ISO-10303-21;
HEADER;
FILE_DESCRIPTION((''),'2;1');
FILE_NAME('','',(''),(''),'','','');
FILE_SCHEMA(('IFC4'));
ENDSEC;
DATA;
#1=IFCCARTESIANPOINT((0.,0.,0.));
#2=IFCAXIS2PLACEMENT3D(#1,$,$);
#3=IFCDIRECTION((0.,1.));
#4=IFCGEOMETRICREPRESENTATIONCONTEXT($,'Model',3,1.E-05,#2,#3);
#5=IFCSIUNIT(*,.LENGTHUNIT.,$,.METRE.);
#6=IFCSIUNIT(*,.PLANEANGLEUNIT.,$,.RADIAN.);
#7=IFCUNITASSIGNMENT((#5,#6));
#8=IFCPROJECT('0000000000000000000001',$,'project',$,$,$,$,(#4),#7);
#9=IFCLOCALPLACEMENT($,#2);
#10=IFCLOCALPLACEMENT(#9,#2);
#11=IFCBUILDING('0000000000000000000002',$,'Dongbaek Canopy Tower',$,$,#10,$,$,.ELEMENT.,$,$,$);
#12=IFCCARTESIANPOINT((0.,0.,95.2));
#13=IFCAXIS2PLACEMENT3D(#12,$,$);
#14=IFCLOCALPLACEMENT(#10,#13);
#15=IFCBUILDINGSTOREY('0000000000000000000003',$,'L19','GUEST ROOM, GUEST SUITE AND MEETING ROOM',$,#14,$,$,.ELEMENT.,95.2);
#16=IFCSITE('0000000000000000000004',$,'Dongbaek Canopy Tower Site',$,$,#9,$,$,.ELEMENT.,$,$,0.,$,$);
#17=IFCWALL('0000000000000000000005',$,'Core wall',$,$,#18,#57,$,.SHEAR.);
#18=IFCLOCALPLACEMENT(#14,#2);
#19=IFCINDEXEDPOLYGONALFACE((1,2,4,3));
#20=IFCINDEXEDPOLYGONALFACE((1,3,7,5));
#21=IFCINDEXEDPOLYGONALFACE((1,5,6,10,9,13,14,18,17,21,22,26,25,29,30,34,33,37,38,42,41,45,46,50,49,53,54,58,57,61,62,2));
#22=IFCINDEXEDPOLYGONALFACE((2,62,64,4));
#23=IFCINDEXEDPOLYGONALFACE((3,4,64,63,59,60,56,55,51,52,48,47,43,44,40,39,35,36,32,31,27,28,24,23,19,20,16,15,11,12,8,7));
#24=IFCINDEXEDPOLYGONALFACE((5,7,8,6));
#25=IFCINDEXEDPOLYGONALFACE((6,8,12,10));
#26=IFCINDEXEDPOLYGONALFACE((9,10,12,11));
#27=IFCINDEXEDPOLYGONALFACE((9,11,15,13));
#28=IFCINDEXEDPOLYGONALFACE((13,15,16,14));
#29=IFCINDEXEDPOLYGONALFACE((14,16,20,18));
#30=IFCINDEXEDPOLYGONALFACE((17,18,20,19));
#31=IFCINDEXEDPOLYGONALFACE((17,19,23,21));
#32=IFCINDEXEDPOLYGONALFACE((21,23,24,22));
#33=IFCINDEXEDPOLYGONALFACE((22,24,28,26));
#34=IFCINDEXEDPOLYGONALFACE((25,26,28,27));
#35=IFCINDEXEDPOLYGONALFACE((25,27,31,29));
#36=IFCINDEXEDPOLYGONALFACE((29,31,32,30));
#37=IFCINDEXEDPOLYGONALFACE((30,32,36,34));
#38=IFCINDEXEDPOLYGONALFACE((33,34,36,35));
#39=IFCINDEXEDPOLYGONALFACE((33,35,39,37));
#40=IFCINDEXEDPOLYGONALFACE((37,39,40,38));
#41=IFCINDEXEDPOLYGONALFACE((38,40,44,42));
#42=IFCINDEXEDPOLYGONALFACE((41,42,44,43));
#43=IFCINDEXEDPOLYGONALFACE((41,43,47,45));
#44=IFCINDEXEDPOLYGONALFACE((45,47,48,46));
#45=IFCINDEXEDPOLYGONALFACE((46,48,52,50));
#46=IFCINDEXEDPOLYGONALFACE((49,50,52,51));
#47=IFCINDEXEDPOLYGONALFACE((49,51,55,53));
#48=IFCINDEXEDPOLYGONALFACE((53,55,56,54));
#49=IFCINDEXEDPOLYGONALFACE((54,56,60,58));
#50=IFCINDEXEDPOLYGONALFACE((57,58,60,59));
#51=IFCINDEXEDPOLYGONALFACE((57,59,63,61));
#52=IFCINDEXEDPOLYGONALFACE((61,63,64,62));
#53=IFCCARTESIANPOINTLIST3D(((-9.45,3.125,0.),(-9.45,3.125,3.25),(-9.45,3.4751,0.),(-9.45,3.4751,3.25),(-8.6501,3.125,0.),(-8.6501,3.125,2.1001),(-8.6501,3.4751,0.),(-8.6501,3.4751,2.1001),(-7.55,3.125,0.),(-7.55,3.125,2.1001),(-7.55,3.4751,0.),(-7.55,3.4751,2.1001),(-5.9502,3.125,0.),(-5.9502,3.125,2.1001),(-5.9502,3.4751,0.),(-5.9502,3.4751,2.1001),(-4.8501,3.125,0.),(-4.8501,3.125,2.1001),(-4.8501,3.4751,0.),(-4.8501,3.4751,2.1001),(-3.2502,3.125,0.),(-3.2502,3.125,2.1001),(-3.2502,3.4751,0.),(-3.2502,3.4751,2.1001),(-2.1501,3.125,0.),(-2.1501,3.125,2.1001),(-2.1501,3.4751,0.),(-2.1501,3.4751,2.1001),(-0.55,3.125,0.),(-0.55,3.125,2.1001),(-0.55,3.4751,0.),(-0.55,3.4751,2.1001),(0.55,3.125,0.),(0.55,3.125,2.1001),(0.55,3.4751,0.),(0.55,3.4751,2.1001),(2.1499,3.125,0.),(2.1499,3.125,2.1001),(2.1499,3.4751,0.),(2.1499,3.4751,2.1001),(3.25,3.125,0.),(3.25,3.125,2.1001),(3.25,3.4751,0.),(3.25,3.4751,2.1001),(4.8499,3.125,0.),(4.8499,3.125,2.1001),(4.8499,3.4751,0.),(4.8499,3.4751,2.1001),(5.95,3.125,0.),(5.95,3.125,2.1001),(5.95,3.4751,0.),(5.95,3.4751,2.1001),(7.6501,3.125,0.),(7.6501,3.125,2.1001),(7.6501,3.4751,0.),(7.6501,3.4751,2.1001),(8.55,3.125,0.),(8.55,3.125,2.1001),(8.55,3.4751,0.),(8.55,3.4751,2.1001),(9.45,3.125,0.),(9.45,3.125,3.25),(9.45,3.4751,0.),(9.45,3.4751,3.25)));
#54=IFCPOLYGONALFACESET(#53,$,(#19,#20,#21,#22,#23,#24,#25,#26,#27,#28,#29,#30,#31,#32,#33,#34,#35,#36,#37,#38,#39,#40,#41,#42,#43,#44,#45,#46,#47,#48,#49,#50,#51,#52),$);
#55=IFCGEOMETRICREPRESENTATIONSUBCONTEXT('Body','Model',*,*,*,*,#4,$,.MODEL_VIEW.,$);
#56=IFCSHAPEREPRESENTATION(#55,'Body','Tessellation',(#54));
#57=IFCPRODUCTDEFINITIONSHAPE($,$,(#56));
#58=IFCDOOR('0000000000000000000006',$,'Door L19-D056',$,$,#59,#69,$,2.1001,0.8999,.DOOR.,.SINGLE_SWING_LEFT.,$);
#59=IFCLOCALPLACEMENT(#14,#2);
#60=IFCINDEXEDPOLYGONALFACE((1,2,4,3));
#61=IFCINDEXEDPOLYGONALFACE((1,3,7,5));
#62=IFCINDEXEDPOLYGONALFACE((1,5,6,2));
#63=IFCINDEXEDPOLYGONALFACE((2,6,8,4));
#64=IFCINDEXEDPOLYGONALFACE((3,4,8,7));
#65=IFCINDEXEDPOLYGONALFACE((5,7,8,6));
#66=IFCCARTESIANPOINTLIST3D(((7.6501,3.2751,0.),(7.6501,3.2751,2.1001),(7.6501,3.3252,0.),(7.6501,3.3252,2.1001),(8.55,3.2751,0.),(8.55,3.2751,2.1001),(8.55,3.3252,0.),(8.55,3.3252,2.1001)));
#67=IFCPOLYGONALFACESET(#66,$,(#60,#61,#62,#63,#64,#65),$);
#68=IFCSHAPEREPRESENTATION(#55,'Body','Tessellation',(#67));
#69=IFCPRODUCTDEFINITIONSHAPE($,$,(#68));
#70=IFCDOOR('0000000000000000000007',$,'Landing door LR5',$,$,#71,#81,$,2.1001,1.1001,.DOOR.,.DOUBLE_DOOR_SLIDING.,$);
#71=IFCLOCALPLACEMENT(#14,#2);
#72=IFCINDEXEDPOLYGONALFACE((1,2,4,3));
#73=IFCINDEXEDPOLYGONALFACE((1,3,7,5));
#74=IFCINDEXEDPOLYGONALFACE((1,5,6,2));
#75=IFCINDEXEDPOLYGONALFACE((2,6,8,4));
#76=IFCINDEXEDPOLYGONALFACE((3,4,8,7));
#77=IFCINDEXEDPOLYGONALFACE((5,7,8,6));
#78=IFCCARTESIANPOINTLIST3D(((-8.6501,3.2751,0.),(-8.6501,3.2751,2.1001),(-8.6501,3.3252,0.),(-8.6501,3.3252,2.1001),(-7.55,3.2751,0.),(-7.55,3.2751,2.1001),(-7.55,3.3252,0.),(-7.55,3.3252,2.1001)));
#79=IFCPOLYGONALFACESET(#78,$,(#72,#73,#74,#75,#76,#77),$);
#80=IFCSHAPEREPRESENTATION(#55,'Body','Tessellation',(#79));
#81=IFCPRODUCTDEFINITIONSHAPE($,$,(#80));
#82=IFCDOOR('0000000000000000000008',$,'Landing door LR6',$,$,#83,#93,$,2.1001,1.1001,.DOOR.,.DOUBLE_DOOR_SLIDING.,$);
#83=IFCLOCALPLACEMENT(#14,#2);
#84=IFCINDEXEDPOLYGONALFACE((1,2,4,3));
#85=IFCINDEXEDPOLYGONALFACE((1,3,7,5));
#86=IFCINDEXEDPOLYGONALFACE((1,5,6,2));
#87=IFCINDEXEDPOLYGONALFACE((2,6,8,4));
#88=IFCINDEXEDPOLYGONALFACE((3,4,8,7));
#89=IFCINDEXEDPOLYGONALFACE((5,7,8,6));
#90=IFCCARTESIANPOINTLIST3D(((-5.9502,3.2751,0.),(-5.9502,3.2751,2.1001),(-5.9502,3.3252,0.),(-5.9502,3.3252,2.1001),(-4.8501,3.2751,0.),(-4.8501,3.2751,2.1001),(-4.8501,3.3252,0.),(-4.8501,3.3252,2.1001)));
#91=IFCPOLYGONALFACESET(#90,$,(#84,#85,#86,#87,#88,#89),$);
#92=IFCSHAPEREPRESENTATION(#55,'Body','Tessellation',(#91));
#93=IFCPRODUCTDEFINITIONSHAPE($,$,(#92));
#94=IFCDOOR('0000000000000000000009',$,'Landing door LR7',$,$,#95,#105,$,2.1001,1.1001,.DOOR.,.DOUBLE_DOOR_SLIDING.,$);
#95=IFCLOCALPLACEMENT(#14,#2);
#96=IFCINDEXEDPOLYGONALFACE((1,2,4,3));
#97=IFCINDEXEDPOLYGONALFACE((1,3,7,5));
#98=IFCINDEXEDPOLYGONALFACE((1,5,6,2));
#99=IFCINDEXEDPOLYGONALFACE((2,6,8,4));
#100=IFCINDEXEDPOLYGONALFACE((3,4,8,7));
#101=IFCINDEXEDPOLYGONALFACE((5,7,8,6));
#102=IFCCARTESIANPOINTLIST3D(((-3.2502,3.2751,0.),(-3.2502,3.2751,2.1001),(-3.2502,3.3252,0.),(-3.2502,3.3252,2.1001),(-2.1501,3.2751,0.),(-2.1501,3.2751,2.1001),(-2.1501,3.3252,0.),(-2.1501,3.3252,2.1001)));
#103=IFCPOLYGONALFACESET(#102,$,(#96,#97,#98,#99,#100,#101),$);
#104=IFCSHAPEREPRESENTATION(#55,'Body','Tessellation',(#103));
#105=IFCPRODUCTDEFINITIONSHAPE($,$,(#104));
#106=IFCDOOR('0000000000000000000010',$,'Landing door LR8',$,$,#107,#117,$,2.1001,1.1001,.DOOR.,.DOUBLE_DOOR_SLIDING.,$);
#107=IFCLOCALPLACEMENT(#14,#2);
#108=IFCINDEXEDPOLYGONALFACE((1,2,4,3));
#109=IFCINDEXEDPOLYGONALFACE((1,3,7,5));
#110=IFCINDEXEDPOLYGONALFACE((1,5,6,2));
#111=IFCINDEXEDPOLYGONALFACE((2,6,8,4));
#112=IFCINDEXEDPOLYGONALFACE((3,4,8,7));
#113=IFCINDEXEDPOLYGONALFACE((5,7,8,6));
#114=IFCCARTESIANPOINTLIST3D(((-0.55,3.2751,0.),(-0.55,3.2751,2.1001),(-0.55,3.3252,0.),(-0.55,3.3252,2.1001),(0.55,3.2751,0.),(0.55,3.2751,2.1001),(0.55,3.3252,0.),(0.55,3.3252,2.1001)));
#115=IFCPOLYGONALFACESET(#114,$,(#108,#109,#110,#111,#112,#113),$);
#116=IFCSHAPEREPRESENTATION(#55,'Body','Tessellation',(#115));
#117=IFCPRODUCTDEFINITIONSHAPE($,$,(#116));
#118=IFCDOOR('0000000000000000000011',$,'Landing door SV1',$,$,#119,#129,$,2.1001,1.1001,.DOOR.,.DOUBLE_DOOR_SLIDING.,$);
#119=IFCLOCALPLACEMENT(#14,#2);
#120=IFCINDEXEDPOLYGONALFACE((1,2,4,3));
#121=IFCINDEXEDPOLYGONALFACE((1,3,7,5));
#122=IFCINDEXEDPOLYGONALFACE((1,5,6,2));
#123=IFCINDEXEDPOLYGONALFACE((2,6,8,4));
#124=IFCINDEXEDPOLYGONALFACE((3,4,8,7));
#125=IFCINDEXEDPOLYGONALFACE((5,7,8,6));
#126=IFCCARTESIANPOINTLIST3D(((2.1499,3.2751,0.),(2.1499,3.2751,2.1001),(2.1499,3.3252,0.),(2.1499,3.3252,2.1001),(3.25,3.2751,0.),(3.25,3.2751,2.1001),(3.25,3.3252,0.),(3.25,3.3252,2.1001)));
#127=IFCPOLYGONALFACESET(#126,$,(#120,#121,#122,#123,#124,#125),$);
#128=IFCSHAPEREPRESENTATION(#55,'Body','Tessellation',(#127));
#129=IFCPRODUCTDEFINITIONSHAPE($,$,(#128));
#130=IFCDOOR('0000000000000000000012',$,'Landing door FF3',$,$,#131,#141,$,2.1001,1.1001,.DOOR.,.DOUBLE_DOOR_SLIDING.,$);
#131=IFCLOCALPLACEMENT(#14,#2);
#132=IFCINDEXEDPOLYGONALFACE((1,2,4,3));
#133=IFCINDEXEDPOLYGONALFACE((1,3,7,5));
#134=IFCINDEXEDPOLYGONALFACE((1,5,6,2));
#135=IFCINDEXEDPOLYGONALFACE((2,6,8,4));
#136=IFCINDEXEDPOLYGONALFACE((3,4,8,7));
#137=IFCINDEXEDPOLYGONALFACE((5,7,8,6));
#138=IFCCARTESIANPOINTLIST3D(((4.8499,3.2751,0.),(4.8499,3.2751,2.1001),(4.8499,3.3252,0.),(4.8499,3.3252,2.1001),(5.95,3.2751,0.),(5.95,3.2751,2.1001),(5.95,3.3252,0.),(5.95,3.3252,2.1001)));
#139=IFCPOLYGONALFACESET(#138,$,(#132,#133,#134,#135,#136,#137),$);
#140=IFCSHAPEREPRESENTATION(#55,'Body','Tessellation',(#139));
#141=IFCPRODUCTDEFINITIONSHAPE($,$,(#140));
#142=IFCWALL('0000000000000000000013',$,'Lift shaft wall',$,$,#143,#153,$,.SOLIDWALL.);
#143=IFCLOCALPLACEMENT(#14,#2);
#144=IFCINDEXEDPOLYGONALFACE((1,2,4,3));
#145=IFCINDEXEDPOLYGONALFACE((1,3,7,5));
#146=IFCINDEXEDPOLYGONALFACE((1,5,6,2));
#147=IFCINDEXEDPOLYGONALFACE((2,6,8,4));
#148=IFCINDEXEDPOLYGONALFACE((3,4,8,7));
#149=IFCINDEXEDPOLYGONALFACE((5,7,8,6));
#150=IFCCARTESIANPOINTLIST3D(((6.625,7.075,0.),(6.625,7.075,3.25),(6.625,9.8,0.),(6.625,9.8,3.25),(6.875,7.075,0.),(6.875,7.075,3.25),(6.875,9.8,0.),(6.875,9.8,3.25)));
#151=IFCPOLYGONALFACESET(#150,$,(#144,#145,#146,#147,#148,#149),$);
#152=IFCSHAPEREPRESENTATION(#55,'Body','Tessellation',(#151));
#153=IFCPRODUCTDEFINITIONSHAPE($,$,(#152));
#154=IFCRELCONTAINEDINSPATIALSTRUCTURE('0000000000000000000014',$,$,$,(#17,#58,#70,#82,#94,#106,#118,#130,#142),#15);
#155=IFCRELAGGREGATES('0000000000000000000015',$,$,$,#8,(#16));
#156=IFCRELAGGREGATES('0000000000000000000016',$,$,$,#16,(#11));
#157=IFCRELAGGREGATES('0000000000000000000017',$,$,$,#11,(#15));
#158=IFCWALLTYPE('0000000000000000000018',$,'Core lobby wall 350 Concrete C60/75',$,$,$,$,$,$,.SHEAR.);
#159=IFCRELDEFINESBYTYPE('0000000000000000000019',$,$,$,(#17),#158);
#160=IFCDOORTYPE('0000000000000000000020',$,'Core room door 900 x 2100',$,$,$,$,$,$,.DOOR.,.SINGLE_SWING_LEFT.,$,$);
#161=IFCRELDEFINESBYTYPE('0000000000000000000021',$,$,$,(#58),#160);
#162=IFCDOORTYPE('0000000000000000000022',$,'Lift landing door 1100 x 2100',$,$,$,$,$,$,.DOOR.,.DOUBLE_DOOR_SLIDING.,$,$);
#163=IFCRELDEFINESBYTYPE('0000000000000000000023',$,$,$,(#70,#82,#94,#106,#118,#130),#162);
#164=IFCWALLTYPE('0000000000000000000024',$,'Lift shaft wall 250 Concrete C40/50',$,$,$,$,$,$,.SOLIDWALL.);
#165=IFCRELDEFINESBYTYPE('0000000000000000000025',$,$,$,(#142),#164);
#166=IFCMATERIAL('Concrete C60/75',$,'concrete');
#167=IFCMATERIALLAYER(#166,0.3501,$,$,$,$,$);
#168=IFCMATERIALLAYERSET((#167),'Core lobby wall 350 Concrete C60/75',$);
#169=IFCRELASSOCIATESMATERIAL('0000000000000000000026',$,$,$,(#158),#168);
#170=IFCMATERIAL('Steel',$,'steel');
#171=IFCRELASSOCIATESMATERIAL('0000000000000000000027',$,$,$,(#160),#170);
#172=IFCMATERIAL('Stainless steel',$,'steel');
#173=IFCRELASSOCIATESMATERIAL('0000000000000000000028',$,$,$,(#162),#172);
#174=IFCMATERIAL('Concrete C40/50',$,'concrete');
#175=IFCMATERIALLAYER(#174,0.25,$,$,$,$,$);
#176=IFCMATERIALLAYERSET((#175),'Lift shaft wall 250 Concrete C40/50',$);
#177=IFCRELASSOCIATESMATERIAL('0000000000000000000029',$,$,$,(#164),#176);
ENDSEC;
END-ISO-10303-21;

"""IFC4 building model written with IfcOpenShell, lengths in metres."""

from ifc_helpers import new_model, si_unit, direction, frame, frame_2d, origin, place, context, subcontext, project, spatial, rectangle, extrude, material, layer, layer_set, type_object, element, fill, save


model = new_model("IFC4")

# Units and contexts
model_context = context("Model", 3, precision=1e-05, world=origin(), true_north=direction((0.0, 1.0)))
body_context = subcontext(model_context, "Body", "Model", "MODEL_VIEW")
ifc_project = project(units=[si_unit("LENGTHUNIT", "METRE"), si_unit("PLANEANGLEUNIT", "RADIAN")], contexts=[model_context])

# Site, building, storey
site_placement = place(None, origin())
site = spatial("IfcSite", under=ifc_project, at=site_placement, Name="Dongbaek Canopy Tower Site", CompositionType="ELEMENT", RefElevation=0.0)
building_placement = place(site_placement, origin())
building = spatial("IfcBuilding", under=site, at=building_placement, Name="Dongbaek Canopy Tower", CompositionType="ELEMENT")
storey_placement = place(building_placement, frame((0.0, 0.0, 95.2)))
storey = spatial("IfcBuildingStorey", under=building, at=storey_placement, Name="L19", Description="GUEST ROOM, GUEST SUITE AND MEETING ROOM", CompositionType="ELEMENT", Elevation=95.2)

# Wall, openings, doors
ifc_material_1 = material(Name="Concrete C60/75", Category="concrete")
ifc_layer_1 = layer(ifc_material_1, 0.3501)
ifc_layer_set_1 = layer_set([ifc_layer_1], Name="Core lobby wall 350 Concrete C60/75")
wall_type_1 = type_object("IfcWallType", Name="Core lobby wall 350 Concrete C60/75", PredefinedType="SHEAR", material=ifc_layer_set_1)
wall_1_placement = place(storey_placement, frame((9.45, 3.3, 0.0), z_axis=(0.0, 0.0, 1.0), x_axis=(-1.0, 0.0, 0.0)))
wall_1 = element("IfcWall", 1, at=wall_1_placement, inside=storey, type_object=wall_type_1, Name="Core wall", PredefinedType="SHEAR", context=body_context, shape_type="SweptSolid", body=[
    extrude(rectangle(XDim=18.8999, YDim=0.3501, at=frame_2d((9.45, 0.0))), origin(), (0.0, 0.0, 1.0), 3.25),
])
opening_1_placement = place(wall_1_placement, frame((17.0, 0.0, 0.0)))
opening_1 = element("IfcOpeningElement", 2, at=opening_1_placement, cuts=wall_1, PredefinedType="OPENING", context=body_context, shape_type="SweptSolid", body=[
    extrude(rectangle(XDim=1.1001, YDim=2.1001, at=frame_2d((0.55, 1.05))), frame((0.0, 0.1851, 0.0), z_axis=(0.0, -1.0, 0.0), x_axis=(1.0, 0.0, 0.0)), (0.0, 0.0, 1.0), 0.3701),
])
opening_2_placement = place(wall_1_placement, frame((14.3, 0.0, 0.0)))
opening_2 = element("IfcOpeningElement", 3, at=opening_2_placement, cuts=wall_1, PredefinedType="OPENING", context=body_context, shape_type="SweptSolid", body=[
    extrude(rectangle(XDim=1.1001, YDim=2.1001, at=frame_2d((0.55, 1.05))), frame((0.0, 0.1851, 0.0), z_axis=(0.0, -1.0, 0.0), x_axis=(1.0, 0.0, 0.0)), (0.0, 0.0, 1.0), 0.3701),
])
opening_3_placement = place(wall_1_placement, frame((11.6001, 0.0, 0.0)))
opening_3 = element("IfcOpeningElement", 4, at=opening_3_placement, cuts=wall_1, PredefinedType="OPENING", context=body_context, shape_type="SweptSolid", body=[
    extrude(rectangle(XDim=1.1001, YDim=2.1001, at=frame_2d((0.55, 1.05))), frame((0.0, 0.1851, 0.0), z_axis=(0.0, -1.0, 0.0), x_axis=(1.0, 0.0, 0.0)), (0.0, 0.0, 1.0), 0.3701),
])
opening_4_placement = place(wall_1_placement, frame((8.8999, 0.0, 0.0)))
opening_4 = element("IfcOpeningElement", 5, at=opening_4_placement, cuts=wall_1, PredefinedType="OPENING", context=body_context, shape_type="SweptSolid", body=[
    extrude(rectangle(XDim=1.1001, YDim=2.1001, at=frame_2d((0.55, 1.05))), frame((0.0, 0.1851, 0.0), z_axis=(0.0, -1.0, 0.0), x_axis=(1.0, 0.0, 0.0)), (0.0, 0.0, 1.0), 0.3701),
])
opening_5_placement = place(wall_1_placement, frame((6.2, 0.0, 0.0)))
opening_5 = element("IfcOpeningElement", 6, at=opening_5_placement, cuts=wall_1, PredefinedType="OPENING", context=body_context, shape_type="SweptSolid", body=[
    extrude(rectangle(XDim=1.1001, YDim=2.1001, at=frame_2d((0.55, 1.05))), frame((0.0, 0.1851, 0.0), z_axis=(0.0, -1.0, 0.0), x_axis=(1.0, 0.0, 0.0)), (0.0, 0.0, 1.0), 0.3701),
])
opening_6_placement = place(wall_1_placement, frame((3.5, 0.0, 0.0)))
opening_6 = element("IfcOpeningElement", 7, at=opening_6_placement, cuts=wall_1, PredefinedType="OPENING", context=body_context, shape_type="SweptSolid", body=[
    extrude(rectangle(XDim=1.1001, YDim=2.1001, at=frame_2d((0.55, 1.05))), frame((0.0, 0.1851, 0.0), z_axis=(0.0, -1.0, 0.0), x_axis=(1.0, 0.0, 0.0)), (0.0, 0.0, 1.0), 0.3701),
])
opening_7_placement = place(wall_1_placement, frame((0.8999, 0.0, 0.0)))
opening_7 = element("IfcOpeningElement", 8, at=opening_7_placement, cuts=wall_1, PredefinedType="OPENING", context=body_context, shape_type="SweptSolid", body=[
    extrude(rectangle(XDim=0.8999, YDim=2.1001, at=frame_2d((0.45, 1.05))), frame((0.0, 0.1851, 0.0), z_axis=(0.0, -1.0, 0.0), x_axis=(1.0, 0.0, 0.0)), (0.0, 0.0, 1.0), 0.3701),
])
ifc_material_2 = material(Name="Steel", Category="steel")
door_type_1 = type_object("IfcDoorType", Name="Core room door 900 x 2100", OperationType="SINGLE_SWING_LEFT", PredefinedType="DOOR", material=ifc_material_2)
door_1_placement = place(opening_7_placement, origin())
door_1 = element("IfcDoor", 9, at=door_1_placement, inside=storey, type_object=door_type_1, Name="Door L19-D056", OperationType="SINGLE_SWING_LEFT", OverallHeight=2.1001, OverallWidth=0.8999, PredefinedType="DOOR", context=body_context, shape_type="SweptSolid", body=[
    extrude(rectangle(XDim=0.8999, YDim=2.1001, at=frame_2d((0.45, 1.05))), frame((0.0, 0.0249, 0.0), z_axis=(0.0, -1.0, 0.0), x_axis=(1.0, 0.0, 0.0)), (0.0, 0.0, 1.0), 0.05),
])
fill(opening_7, door_1)
ifc_material_3 = material(Name="Stainless steel", Category="steel")
door_type_2 = type_object("IfcDoorType", Name="Lift landing door 1100 x 2100", OperationType="DOUBLE_DOOR_SLIDING", PredefinedType="DOOR", material=ifc_material_3)
door_2_placement = place(opening_1_placement, origin())
door_2 = element("IfcDoor", 10, at=door_2_placement, inside=storey, type_object=door_type_2, Name="Landing door LR5", OperationType="DOUBLE_DOOR_SLIDING", OverallHeight=2.1001, OverallWidth=1.1001, PredefinedType="DOOR", context=body_context, shape_type="SweptSolid", body=[
    extrude(rectangle(XDim=1.1001, YDim=2.1001, at=frame_2d((0.55, 1.05))), frame((0.0, 0.0249, 0.0), z_axis=(0.0, -1.0, 0.0), x_axis=(1.0, 0.0, 0.0)), (0.0, 0.0, 1.0), 0.05),
])
fill(opening_1, door_2)
door_3_placement = place(opening_2_placement, origin())
door_3 = element("IfcDoor", 11, at=door_3_placement, inside=storey, type_object=door_type_2, Name="Landing door LR6", OperationType="DOUBLE_DOOR_SLIDING", OverallHeight=2.1001, OverallWidth=1.1001, PredefinedType="DOOR", context=body_context, shape_type="SweptSolid", body=[
    extrude(rectangle(XDim=1.1001, YDim=2.1001, at=frame_2d((0.55, 1.05))), frame((0.0, 0.0249, 0.0), z_axis=(0.0, -1.0, 0.0), x_axis=(1.0, 0.0, 0.0)), (0.0, 0.0, 1.0), 0.05),
])
fill(opening_2, door_3)
door_4_placement = place(opening_3_placement, origin())
door_4 = element("IfcDoor", 12, at=door_4_placement, inside=storey, type_object=door_type_2, Name="Landing door LR7", OperationType="DOUBLE_DOOR_SLIDING", OverallHeight=2.1001, OverallWidth=1.1001, PredefinedType="DOOR", context=body_context, shape_type="SweptSolid", body=[
    extrude(rectangle(XDim=1.1001, YDim=2.1001, at=frame_2d((0.55, 1.05))), frame((0.0, 0.0249, 0.0), z_axis=(0.0, -1.0, 0.0), x_axis=(1.0, 0.0, 0.0)), (0.0, 0.0, 1.0), 0.05),
])
fill(opening_3, door_4)
door_5_placement = place(opening_4_placement, origin())
door_5 = element("IfcDoor", 13, at=door_5_placement, inside=storey, type_object=door_type_2, Name="Landing door LR8", OperationType="DOUBLE_DOOR_SLIDING", OverallHeight=2.1001, OverallWidth=1.1001, PredefinedType="DOOR", context=body_context, shape_type="SweptSolid", body=[
    extrude(rectangle(XDim=1.1001, YDim=2.1001, at=frame_2d((0.55, 1.05))), frame((0.0, 0.0249, 0.0), z_axis=(0.0, -1.0, 0.0), x_axis=(1.0, 0.0, 0.0)), (0.0, 0.0, 1.0), 0.05),
])
fill(opening_4, door_5)
door_6_placement = place(opening_5_placement, origin())
door_6 = element("IfcDoor", 14, at=door_6_placement, inside=storey, type_object=door_type_2, Name="Landing door SV1", OperationType="DOUBLE_DOOR_SLIDING", OverallHeight=2.1001, OverallWidth=1.1001, PredefinedType="DOOR", context=body_context, shape_type="SweptSolid", body=[
    extrude(rectangle(XDim=1.1001, YDim=2.1001, at=frame_2d((0.55, 1.05))), frame((0.0, 0.0249, 0.0), z_axis=(0.0, -1.0, 0.0), x_axis=(1.0, 0.0, 0.0)), (0.0, 0.0, 1.0), 0.05),
])
fill(opening_5, door_6)
door_7_placement = place(opening_6_placement, origin())
door_7 = element("IfcDoor", 15, at=door_7_placement, inside=storey, type_object=door_type_2, Name="Landing door FF3", OperationType="DOUBLE_DOOR_SLIDING", OverallHeight=2.1001, OverallWidth=1.1001, PredefinedType="DOOR", context=body_context, shape_type="SweptSolid", body=[
    extrude(rectangle(XDim=1.1001, YDim=2.1001, at=frame_2d((0.55, 1.05))), frame((0.0, 0.0249, 0.0), z_axis=(0.0, -1.0, 0.0), x_axis=(1.0, 0.0, 0.0)), (0.0, 0.0, 1.0), 0.05),
])
fill(opening_6, door_7)

# Wall
ifc_material_4 = material(Name="Concrete C40/50", Category="concrete")
ifc_layer_2 = layer(ifc_material_4, 0.25)
ifc_layer_set_2 = layer_set([ifc_layer_2], Name="Lift shaft wall 250 Concrete C40/50")
wall_type_2 = type_object("IfcWallType", Name="Lift shaft wall 250 Concrete C40/50", PredefinedType="SOLIDWALL", material=ifc_layer_set_2)
wall_2_placement = place(storey_placement, frame((6.75, 7.075, 0.0), z_axis=(0.0, 0.0, 1.0), x_axis=(0.0, 1.0, 0.0)))
element("IfcWall", 16, at=wall_2_placement, inside=storey, type_object=wall_type_2, Name="Lift shaft wall", PredefinedType="SOLIDWALL", context=body_context, shape_type="SweptSolid", body=[
    extrude(rectangle(XDim=2.7251, YDim=0.25, at=frame_2d((1.3625, 0.0))), origin(), (0.0, 0.0, 1.0), 3.25),
])

save(model, "model.ifc")
